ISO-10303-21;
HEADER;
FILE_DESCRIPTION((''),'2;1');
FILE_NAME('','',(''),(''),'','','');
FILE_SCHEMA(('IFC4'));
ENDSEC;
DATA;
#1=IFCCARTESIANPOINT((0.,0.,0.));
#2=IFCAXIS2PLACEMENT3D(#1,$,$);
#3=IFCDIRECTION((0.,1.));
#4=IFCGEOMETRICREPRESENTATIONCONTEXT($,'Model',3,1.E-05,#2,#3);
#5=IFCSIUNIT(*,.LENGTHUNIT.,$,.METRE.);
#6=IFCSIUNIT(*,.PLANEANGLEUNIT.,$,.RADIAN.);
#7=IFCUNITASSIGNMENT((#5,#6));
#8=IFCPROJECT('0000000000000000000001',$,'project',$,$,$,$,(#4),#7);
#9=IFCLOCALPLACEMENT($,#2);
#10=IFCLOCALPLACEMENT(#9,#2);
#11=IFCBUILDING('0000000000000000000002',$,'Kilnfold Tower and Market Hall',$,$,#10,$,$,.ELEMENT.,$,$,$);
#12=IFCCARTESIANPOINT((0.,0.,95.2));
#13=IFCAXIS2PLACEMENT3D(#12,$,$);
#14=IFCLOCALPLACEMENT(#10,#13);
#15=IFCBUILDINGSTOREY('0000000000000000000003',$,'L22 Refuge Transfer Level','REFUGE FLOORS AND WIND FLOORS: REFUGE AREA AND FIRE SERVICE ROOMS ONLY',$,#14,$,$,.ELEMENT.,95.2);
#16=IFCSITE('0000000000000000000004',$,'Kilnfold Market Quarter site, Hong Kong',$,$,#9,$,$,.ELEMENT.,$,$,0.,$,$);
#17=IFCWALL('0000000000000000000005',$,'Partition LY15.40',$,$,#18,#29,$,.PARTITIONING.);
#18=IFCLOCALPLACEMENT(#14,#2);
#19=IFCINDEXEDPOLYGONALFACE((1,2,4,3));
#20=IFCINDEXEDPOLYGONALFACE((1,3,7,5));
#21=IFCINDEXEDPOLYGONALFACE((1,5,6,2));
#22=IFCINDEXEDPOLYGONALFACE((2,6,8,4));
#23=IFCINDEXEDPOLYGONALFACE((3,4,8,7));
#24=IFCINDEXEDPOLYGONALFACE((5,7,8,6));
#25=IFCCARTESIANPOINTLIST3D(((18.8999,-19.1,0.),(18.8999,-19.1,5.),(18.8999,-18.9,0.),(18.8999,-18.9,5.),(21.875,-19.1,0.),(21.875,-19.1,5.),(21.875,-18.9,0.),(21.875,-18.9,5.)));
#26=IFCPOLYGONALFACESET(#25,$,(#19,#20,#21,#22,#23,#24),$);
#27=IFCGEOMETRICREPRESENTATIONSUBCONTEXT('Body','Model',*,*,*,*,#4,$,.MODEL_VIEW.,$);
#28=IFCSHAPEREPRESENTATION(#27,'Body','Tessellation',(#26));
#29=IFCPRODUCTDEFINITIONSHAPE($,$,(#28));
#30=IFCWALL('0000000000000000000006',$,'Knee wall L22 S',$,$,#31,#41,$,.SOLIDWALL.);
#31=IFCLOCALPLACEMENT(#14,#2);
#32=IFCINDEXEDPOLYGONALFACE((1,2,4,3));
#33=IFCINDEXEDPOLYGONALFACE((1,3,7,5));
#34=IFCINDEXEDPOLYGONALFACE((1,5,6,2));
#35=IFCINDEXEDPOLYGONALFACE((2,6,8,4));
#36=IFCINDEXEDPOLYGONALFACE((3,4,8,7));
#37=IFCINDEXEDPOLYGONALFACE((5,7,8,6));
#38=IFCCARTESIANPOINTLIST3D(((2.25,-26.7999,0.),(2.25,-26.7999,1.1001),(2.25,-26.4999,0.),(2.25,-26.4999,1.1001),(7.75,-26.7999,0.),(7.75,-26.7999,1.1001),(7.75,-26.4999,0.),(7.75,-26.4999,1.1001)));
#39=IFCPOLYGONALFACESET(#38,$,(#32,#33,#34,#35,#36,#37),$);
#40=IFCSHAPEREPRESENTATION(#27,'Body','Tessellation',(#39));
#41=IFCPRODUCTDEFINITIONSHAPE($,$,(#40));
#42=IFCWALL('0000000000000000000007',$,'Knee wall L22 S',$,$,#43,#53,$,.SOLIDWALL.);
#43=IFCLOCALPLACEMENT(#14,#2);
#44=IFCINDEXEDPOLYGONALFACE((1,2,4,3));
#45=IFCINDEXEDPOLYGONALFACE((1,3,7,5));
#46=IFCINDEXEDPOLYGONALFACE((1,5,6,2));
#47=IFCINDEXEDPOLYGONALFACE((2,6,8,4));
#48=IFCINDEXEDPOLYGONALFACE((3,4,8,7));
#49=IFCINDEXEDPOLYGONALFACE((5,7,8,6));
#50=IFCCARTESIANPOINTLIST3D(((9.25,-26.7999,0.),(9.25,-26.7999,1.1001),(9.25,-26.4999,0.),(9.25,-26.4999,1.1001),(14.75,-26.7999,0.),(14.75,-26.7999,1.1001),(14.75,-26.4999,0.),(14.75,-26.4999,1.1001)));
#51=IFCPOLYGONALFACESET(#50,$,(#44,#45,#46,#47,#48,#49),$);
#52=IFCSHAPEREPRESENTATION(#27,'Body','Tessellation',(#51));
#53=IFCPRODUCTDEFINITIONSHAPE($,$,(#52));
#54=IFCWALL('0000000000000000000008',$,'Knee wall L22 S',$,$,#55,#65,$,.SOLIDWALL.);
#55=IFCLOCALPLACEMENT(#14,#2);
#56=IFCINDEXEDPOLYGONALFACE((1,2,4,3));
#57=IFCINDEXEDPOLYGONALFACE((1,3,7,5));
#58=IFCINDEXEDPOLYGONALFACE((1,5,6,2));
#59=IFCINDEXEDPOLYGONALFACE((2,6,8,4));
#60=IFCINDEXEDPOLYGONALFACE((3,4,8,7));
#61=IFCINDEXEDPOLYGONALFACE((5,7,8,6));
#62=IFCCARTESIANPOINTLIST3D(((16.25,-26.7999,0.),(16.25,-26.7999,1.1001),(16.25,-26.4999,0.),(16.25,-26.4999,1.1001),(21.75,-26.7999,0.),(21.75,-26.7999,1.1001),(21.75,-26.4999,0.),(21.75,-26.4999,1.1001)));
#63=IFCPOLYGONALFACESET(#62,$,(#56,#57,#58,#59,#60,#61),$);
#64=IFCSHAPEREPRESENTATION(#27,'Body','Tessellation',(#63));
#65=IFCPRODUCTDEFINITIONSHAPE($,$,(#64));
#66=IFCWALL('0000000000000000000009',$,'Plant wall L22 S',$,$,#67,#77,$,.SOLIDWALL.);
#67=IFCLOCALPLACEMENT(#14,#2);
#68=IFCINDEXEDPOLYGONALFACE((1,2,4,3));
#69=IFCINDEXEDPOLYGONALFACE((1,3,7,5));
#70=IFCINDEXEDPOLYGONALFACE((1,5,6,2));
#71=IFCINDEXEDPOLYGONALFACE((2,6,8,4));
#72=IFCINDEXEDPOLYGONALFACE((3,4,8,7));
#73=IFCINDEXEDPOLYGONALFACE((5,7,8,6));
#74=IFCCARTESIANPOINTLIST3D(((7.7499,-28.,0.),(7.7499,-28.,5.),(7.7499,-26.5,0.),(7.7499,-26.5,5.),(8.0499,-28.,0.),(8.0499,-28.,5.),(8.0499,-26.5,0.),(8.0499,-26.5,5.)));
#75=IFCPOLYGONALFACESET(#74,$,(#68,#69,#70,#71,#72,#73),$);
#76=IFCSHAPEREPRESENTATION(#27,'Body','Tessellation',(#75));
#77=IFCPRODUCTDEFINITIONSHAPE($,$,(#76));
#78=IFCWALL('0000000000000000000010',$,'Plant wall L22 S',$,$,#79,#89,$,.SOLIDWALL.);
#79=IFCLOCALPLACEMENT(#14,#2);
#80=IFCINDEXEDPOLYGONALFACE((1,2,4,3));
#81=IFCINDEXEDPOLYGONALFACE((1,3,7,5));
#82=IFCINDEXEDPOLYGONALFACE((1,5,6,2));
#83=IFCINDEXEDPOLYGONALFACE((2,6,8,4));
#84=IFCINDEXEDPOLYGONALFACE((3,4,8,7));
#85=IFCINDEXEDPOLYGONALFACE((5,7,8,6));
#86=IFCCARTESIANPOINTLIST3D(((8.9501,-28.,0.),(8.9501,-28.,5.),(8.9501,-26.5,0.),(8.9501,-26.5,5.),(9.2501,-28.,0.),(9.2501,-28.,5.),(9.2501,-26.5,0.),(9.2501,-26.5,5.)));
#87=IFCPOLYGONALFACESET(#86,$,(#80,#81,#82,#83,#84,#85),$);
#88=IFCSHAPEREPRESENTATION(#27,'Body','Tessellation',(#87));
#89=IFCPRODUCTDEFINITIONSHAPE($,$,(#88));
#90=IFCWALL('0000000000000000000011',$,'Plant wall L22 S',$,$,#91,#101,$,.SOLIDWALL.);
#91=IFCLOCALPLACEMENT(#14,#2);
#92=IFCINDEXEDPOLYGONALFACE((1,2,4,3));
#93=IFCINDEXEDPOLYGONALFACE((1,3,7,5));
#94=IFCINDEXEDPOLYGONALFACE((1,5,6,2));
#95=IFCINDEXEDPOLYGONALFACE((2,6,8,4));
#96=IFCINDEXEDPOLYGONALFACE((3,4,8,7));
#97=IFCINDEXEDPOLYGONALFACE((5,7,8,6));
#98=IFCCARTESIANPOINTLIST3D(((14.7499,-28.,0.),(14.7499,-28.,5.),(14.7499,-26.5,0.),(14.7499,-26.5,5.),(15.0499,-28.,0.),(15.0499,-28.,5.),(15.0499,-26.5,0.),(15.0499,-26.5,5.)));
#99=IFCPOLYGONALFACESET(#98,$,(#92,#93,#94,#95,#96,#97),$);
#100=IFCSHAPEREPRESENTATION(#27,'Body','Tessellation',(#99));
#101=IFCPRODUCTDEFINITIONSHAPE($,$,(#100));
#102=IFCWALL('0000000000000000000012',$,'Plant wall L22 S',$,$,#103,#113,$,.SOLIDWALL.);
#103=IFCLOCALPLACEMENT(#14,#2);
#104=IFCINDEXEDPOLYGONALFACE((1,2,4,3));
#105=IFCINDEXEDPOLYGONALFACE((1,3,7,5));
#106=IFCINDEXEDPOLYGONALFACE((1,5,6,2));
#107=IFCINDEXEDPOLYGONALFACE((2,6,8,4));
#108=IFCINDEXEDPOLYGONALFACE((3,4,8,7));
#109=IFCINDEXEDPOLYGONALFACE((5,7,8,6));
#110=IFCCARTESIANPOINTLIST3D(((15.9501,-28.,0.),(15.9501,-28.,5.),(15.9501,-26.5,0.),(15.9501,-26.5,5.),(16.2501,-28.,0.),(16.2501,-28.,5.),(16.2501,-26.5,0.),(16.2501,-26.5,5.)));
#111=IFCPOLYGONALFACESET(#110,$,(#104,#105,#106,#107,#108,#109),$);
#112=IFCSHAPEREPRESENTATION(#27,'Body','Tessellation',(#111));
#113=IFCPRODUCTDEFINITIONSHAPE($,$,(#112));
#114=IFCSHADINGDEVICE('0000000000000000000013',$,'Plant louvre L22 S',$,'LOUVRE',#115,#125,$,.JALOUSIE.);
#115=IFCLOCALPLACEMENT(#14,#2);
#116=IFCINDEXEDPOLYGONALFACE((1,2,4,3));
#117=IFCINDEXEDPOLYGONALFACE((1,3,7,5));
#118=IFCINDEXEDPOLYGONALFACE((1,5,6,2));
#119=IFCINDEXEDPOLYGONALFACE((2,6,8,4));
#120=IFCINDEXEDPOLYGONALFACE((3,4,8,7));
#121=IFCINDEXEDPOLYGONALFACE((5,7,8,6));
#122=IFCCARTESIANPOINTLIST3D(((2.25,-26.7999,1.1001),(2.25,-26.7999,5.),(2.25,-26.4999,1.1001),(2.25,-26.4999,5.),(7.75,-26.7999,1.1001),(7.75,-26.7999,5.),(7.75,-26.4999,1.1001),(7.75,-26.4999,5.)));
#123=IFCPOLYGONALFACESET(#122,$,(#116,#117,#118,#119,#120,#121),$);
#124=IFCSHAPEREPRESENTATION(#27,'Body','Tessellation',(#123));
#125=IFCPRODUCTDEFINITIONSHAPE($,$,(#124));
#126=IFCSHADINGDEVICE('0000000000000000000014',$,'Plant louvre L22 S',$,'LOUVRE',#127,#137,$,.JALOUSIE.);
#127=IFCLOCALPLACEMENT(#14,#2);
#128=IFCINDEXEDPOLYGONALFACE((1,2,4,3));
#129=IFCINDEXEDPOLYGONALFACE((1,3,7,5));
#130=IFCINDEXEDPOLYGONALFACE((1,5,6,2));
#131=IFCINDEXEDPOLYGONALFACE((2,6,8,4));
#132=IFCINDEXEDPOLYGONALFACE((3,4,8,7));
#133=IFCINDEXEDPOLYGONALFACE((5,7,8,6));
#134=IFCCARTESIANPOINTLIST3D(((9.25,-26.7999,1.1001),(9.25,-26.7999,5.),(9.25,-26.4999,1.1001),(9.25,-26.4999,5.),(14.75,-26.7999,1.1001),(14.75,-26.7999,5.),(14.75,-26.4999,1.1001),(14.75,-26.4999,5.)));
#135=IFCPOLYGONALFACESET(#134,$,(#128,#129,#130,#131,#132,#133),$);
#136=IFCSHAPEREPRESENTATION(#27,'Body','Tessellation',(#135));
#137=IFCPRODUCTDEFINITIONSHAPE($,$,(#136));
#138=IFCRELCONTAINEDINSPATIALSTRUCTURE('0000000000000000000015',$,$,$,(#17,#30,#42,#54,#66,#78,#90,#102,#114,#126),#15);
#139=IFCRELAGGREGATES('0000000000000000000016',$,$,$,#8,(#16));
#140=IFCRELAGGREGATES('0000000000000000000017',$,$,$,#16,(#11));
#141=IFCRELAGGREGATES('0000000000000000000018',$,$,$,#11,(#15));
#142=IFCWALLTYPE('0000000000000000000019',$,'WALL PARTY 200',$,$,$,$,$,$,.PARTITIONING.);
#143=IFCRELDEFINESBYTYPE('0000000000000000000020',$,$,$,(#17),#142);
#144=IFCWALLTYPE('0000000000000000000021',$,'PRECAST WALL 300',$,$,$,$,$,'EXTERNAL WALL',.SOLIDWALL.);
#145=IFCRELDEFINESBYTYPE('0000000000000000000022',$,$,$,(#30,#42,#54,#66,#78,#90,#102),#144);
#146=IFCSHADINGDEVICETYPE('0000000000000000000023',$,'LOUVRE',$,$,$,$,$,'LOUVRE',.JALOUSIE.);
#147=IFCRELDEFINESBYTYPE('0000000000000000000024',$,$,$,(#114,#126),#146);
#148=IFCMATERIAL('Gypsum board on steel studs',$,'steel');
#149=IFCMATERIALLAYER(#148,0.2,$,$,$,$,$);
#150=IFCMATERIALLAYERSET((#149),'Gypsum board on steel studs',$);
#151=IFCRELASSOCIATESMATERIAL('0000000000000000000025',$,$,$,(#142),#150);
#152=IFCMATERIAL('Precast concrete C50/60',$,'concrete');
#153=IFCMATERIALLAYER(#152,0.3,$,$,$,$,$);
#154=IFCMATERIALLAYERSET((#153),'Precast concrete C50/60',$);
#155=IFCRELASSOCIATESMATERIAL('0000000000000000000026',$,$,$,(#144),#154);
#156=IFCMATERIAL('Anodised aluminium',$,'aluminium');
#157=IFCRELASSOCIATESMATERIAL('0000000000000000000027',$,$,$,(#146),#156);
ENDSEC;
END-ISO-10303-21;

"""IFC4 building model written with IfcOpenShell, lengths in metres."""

from ifc_helpers import new_model, si_unit, direction, frame, frame_2d, origin, origin_2d, place, context, subcontext, project, spatial, rectangle, extrude, source, transform, mapped, material, layer, layer_set, type_object, element, save


model = new_model("IFC4")

# Units and contexts
model_context = context("Model", 3, precision=1e-05, world=origin(), true_north=direction((0.0, 1.0)))
body_context = subcontext(model_context, "Body", "Model", "MODEL_VIEW")
ifc_project = project(units=[si_unit("LENGTHUNIT", "METRE"), si_unit("PLANEANGLEUNIT", "RADIAN")], contexts=[model_context])

# Site, building, storey
site_placement = place(None, origin())
site = spatial("IfcSite", under=ifc_project, at=site_placement, Name="Kilnfold Market Quarter site, Hong Kong", CompositionType="ELEMENT", RefElevation=0.0)
building_placement = place(site_placement, origin())
building = spatial("IfcBuilding", under=site, at=building_placement, Name="Kilnfold Tower and Market Hall", CompositionType="ELEMENT")
storey_placement = place(building_placement, frame((0.0, 0.0, 95.2)))
storey = spatial("IfcBuildingStorey", under=building, at=storey_placement, Name="L22 Refuge Transfer Level", Description="REFUGE FLOORS AND WIND FLOORS: REFUGE AREA AND FIRE SERVICE ROOMS ONLY", CompositionType="ELEMENT", Elevation=95.2)

# Walls
ifc_material_1 = material(Name="Gypsum board on steel studs", Category="steel")
ifc_layer_1 = layer(ifc_material_1, 0.2)
ifc_layer_set_1 = layer_set([ifc_layer_1], Name="Gypsum board on steel studs")
wall_type_1 = type_object("IfcWallType", Name="WALL PARTY 200", PredefinedType="PARTITIONING", material=ifc_layer_set_1)
wall_placement = place(storey_placement, frame((18.8999, -19.0, 0.0), z_axis=(0.0, 0.0, 1.0), x_axis=(1.0, 0.0, 0.0)))
element("IfcWall", 1, at=wall_placement, inside=storey, type_object=wall_type_1, Name="Partition LY15.40", PredefinedType="PARTITIONING", context=body_context, shape_type="SweptSolid", body=[
    extrude(rectangle(XDim=2.9751, YDim=0.2, at=frame_2d((1.4875, 0.0))), origin(), (0.0, 0.0, 1.0), 5.0),
])
ifc_material_2 = material(Name="Precast concrete C50/60", Category="concrete")
ifc_layer_2 = layer(ifc_material_2, 0.3)
ifc_layer_set_2 = layer_set([ifc_layer_2], Name="Precast concrete C50/60")
wall_type_2 = type_object("IfcWallType", Name="PRECAST WALL 300", ElementType="EXTERNAL WALL", PredefinedType="SOLIDWALL", material=ifc_layer_set_2)
shared_shape_1 = source(origin(), body_context, "Body", "SweptSolid", [
    extrude(rectangle(XDim=5.5, YDim=0.3, at=frame_2d((2.75, 0.0))), origin(), (0.0, 0.0, 1.0), 1.1001),
])
for number, where, z_axis, x_axis, name in (
    (2, (2.25, -26.6499, 0.0), (0.0, 0.0, 1.0), (1.0, 0.0, 0.0), "Knee wall L22 S"),
    (3, (9.25, -26.6499, 0.0), (0.0, 0.0, 1.0), (1.0, 0.0, 0.0), "Knee wall L22 S"),
    (4, (16.25, -26.6499, 0.0), (0.0, 0.0, 1.0), (1.0, 0.0, 0.0), "Knee wall L22 S"),
):
    element("IfcWall", number, at=place(storey_placement, frame(where, z_axis=z_axis, x_axis=x_axis)), inside=storey, type_object=wall_type_2, Name=name, PredefinedType="SOLIDWALL", context=body_context, shape_type="MappedRepresentation", body=[
        mapped(shared_shape_1, transform((0.0, 0.0, 0.0))),
    ])
shared_shape_2 = source(origin(), body_context, "Body", "SweptSolid", [
    extrude(rectangle(XDim=1.5, YDim=0.3, at=frame_2d((0.75, 0.0))), origin(), (0.0, 0.0, 1.0), 5.0),
])
for number, where, z_axis, x_axis, name in (
    (5, (7.8999, -28.0, 0.0), (0.0, 0.0, 1.0), (0.0, 1.0, 0.0), "Plant wall L22 S"),
    (6, (9.1001, -28.0, 0.0), (0.0, 0.0, 1.0), (0.0, 1.0, 0.0), "Plant wall L22 S"),
    (7, (14.8999, -28.0, 0.0), (0.0, 0.0, 1.0), (0.0, 1.0, 0.0), "Plant wall L22 S"),
    (8, (16.1001, -28.0, 0.0), (0.0, 0.0, 1.0), (0.0, 1.0, 0.0), "Plant wall L22 S"),
):
    element("IfcWall", number, at=place(storey_placement, frame(where, z_axis=z_axis, x_axis=x_axis)), inside=storey, type_object=wall_type_2, Name=name, PredefinedType="SOLIDWALL", context=body_context, shape_type="MappedRepresentation", body=[
        mapped(shared_shape_2, transform((0.0, 0.0, 0.0))),
    ])

# Shading devices
ifc_material_3 = material(Name="Anodised aluminium", Category="aluminium")
shading_device_type = type_object("IfcShadingDeviceType", Name="LOUVRE", ElementType="LOUVRE", PredefinedType="JALOUSIE", material=ifc_material_3)
shared_shape_3 = source(origin(), body_context, "Body", "SweptSolid", [
    extrude(rectangle(XDim=5.5, YDim=0.3, at=origin_2d()), origin(), (0.0, 0.0, 1.0), 3.8999),
])
for number, where, z_axis, x_axis, name in (
    (9, (5.0, -26.6499, 1.1001), (0.0, 0.0, 1.0), (1.0, 0.0, 0.0), "Plant louvre L22 S"),
    (10, (12.0, -26.6499, 1.1001), (0.0, 0.0, 1.0), (1.0, 0.0, 0.0), "Plant louvre L22 S"),
):
    element("IfcShadingDevice", number, at=place(storey_placement, frame(where, z_axis=z_axis, x_axis=x_axis)), inside=storey, type_object=shading_device_type, Name=name, ObjectType="LOUVRE", PredefinedType="JALOUSIE", context=body_context, shape_type="MappedRepresentation", body=[
        mapped(shared_shape_3, transform((0.0, 0.0, 0.0))),
    ])

save(model, "model.ifc")
